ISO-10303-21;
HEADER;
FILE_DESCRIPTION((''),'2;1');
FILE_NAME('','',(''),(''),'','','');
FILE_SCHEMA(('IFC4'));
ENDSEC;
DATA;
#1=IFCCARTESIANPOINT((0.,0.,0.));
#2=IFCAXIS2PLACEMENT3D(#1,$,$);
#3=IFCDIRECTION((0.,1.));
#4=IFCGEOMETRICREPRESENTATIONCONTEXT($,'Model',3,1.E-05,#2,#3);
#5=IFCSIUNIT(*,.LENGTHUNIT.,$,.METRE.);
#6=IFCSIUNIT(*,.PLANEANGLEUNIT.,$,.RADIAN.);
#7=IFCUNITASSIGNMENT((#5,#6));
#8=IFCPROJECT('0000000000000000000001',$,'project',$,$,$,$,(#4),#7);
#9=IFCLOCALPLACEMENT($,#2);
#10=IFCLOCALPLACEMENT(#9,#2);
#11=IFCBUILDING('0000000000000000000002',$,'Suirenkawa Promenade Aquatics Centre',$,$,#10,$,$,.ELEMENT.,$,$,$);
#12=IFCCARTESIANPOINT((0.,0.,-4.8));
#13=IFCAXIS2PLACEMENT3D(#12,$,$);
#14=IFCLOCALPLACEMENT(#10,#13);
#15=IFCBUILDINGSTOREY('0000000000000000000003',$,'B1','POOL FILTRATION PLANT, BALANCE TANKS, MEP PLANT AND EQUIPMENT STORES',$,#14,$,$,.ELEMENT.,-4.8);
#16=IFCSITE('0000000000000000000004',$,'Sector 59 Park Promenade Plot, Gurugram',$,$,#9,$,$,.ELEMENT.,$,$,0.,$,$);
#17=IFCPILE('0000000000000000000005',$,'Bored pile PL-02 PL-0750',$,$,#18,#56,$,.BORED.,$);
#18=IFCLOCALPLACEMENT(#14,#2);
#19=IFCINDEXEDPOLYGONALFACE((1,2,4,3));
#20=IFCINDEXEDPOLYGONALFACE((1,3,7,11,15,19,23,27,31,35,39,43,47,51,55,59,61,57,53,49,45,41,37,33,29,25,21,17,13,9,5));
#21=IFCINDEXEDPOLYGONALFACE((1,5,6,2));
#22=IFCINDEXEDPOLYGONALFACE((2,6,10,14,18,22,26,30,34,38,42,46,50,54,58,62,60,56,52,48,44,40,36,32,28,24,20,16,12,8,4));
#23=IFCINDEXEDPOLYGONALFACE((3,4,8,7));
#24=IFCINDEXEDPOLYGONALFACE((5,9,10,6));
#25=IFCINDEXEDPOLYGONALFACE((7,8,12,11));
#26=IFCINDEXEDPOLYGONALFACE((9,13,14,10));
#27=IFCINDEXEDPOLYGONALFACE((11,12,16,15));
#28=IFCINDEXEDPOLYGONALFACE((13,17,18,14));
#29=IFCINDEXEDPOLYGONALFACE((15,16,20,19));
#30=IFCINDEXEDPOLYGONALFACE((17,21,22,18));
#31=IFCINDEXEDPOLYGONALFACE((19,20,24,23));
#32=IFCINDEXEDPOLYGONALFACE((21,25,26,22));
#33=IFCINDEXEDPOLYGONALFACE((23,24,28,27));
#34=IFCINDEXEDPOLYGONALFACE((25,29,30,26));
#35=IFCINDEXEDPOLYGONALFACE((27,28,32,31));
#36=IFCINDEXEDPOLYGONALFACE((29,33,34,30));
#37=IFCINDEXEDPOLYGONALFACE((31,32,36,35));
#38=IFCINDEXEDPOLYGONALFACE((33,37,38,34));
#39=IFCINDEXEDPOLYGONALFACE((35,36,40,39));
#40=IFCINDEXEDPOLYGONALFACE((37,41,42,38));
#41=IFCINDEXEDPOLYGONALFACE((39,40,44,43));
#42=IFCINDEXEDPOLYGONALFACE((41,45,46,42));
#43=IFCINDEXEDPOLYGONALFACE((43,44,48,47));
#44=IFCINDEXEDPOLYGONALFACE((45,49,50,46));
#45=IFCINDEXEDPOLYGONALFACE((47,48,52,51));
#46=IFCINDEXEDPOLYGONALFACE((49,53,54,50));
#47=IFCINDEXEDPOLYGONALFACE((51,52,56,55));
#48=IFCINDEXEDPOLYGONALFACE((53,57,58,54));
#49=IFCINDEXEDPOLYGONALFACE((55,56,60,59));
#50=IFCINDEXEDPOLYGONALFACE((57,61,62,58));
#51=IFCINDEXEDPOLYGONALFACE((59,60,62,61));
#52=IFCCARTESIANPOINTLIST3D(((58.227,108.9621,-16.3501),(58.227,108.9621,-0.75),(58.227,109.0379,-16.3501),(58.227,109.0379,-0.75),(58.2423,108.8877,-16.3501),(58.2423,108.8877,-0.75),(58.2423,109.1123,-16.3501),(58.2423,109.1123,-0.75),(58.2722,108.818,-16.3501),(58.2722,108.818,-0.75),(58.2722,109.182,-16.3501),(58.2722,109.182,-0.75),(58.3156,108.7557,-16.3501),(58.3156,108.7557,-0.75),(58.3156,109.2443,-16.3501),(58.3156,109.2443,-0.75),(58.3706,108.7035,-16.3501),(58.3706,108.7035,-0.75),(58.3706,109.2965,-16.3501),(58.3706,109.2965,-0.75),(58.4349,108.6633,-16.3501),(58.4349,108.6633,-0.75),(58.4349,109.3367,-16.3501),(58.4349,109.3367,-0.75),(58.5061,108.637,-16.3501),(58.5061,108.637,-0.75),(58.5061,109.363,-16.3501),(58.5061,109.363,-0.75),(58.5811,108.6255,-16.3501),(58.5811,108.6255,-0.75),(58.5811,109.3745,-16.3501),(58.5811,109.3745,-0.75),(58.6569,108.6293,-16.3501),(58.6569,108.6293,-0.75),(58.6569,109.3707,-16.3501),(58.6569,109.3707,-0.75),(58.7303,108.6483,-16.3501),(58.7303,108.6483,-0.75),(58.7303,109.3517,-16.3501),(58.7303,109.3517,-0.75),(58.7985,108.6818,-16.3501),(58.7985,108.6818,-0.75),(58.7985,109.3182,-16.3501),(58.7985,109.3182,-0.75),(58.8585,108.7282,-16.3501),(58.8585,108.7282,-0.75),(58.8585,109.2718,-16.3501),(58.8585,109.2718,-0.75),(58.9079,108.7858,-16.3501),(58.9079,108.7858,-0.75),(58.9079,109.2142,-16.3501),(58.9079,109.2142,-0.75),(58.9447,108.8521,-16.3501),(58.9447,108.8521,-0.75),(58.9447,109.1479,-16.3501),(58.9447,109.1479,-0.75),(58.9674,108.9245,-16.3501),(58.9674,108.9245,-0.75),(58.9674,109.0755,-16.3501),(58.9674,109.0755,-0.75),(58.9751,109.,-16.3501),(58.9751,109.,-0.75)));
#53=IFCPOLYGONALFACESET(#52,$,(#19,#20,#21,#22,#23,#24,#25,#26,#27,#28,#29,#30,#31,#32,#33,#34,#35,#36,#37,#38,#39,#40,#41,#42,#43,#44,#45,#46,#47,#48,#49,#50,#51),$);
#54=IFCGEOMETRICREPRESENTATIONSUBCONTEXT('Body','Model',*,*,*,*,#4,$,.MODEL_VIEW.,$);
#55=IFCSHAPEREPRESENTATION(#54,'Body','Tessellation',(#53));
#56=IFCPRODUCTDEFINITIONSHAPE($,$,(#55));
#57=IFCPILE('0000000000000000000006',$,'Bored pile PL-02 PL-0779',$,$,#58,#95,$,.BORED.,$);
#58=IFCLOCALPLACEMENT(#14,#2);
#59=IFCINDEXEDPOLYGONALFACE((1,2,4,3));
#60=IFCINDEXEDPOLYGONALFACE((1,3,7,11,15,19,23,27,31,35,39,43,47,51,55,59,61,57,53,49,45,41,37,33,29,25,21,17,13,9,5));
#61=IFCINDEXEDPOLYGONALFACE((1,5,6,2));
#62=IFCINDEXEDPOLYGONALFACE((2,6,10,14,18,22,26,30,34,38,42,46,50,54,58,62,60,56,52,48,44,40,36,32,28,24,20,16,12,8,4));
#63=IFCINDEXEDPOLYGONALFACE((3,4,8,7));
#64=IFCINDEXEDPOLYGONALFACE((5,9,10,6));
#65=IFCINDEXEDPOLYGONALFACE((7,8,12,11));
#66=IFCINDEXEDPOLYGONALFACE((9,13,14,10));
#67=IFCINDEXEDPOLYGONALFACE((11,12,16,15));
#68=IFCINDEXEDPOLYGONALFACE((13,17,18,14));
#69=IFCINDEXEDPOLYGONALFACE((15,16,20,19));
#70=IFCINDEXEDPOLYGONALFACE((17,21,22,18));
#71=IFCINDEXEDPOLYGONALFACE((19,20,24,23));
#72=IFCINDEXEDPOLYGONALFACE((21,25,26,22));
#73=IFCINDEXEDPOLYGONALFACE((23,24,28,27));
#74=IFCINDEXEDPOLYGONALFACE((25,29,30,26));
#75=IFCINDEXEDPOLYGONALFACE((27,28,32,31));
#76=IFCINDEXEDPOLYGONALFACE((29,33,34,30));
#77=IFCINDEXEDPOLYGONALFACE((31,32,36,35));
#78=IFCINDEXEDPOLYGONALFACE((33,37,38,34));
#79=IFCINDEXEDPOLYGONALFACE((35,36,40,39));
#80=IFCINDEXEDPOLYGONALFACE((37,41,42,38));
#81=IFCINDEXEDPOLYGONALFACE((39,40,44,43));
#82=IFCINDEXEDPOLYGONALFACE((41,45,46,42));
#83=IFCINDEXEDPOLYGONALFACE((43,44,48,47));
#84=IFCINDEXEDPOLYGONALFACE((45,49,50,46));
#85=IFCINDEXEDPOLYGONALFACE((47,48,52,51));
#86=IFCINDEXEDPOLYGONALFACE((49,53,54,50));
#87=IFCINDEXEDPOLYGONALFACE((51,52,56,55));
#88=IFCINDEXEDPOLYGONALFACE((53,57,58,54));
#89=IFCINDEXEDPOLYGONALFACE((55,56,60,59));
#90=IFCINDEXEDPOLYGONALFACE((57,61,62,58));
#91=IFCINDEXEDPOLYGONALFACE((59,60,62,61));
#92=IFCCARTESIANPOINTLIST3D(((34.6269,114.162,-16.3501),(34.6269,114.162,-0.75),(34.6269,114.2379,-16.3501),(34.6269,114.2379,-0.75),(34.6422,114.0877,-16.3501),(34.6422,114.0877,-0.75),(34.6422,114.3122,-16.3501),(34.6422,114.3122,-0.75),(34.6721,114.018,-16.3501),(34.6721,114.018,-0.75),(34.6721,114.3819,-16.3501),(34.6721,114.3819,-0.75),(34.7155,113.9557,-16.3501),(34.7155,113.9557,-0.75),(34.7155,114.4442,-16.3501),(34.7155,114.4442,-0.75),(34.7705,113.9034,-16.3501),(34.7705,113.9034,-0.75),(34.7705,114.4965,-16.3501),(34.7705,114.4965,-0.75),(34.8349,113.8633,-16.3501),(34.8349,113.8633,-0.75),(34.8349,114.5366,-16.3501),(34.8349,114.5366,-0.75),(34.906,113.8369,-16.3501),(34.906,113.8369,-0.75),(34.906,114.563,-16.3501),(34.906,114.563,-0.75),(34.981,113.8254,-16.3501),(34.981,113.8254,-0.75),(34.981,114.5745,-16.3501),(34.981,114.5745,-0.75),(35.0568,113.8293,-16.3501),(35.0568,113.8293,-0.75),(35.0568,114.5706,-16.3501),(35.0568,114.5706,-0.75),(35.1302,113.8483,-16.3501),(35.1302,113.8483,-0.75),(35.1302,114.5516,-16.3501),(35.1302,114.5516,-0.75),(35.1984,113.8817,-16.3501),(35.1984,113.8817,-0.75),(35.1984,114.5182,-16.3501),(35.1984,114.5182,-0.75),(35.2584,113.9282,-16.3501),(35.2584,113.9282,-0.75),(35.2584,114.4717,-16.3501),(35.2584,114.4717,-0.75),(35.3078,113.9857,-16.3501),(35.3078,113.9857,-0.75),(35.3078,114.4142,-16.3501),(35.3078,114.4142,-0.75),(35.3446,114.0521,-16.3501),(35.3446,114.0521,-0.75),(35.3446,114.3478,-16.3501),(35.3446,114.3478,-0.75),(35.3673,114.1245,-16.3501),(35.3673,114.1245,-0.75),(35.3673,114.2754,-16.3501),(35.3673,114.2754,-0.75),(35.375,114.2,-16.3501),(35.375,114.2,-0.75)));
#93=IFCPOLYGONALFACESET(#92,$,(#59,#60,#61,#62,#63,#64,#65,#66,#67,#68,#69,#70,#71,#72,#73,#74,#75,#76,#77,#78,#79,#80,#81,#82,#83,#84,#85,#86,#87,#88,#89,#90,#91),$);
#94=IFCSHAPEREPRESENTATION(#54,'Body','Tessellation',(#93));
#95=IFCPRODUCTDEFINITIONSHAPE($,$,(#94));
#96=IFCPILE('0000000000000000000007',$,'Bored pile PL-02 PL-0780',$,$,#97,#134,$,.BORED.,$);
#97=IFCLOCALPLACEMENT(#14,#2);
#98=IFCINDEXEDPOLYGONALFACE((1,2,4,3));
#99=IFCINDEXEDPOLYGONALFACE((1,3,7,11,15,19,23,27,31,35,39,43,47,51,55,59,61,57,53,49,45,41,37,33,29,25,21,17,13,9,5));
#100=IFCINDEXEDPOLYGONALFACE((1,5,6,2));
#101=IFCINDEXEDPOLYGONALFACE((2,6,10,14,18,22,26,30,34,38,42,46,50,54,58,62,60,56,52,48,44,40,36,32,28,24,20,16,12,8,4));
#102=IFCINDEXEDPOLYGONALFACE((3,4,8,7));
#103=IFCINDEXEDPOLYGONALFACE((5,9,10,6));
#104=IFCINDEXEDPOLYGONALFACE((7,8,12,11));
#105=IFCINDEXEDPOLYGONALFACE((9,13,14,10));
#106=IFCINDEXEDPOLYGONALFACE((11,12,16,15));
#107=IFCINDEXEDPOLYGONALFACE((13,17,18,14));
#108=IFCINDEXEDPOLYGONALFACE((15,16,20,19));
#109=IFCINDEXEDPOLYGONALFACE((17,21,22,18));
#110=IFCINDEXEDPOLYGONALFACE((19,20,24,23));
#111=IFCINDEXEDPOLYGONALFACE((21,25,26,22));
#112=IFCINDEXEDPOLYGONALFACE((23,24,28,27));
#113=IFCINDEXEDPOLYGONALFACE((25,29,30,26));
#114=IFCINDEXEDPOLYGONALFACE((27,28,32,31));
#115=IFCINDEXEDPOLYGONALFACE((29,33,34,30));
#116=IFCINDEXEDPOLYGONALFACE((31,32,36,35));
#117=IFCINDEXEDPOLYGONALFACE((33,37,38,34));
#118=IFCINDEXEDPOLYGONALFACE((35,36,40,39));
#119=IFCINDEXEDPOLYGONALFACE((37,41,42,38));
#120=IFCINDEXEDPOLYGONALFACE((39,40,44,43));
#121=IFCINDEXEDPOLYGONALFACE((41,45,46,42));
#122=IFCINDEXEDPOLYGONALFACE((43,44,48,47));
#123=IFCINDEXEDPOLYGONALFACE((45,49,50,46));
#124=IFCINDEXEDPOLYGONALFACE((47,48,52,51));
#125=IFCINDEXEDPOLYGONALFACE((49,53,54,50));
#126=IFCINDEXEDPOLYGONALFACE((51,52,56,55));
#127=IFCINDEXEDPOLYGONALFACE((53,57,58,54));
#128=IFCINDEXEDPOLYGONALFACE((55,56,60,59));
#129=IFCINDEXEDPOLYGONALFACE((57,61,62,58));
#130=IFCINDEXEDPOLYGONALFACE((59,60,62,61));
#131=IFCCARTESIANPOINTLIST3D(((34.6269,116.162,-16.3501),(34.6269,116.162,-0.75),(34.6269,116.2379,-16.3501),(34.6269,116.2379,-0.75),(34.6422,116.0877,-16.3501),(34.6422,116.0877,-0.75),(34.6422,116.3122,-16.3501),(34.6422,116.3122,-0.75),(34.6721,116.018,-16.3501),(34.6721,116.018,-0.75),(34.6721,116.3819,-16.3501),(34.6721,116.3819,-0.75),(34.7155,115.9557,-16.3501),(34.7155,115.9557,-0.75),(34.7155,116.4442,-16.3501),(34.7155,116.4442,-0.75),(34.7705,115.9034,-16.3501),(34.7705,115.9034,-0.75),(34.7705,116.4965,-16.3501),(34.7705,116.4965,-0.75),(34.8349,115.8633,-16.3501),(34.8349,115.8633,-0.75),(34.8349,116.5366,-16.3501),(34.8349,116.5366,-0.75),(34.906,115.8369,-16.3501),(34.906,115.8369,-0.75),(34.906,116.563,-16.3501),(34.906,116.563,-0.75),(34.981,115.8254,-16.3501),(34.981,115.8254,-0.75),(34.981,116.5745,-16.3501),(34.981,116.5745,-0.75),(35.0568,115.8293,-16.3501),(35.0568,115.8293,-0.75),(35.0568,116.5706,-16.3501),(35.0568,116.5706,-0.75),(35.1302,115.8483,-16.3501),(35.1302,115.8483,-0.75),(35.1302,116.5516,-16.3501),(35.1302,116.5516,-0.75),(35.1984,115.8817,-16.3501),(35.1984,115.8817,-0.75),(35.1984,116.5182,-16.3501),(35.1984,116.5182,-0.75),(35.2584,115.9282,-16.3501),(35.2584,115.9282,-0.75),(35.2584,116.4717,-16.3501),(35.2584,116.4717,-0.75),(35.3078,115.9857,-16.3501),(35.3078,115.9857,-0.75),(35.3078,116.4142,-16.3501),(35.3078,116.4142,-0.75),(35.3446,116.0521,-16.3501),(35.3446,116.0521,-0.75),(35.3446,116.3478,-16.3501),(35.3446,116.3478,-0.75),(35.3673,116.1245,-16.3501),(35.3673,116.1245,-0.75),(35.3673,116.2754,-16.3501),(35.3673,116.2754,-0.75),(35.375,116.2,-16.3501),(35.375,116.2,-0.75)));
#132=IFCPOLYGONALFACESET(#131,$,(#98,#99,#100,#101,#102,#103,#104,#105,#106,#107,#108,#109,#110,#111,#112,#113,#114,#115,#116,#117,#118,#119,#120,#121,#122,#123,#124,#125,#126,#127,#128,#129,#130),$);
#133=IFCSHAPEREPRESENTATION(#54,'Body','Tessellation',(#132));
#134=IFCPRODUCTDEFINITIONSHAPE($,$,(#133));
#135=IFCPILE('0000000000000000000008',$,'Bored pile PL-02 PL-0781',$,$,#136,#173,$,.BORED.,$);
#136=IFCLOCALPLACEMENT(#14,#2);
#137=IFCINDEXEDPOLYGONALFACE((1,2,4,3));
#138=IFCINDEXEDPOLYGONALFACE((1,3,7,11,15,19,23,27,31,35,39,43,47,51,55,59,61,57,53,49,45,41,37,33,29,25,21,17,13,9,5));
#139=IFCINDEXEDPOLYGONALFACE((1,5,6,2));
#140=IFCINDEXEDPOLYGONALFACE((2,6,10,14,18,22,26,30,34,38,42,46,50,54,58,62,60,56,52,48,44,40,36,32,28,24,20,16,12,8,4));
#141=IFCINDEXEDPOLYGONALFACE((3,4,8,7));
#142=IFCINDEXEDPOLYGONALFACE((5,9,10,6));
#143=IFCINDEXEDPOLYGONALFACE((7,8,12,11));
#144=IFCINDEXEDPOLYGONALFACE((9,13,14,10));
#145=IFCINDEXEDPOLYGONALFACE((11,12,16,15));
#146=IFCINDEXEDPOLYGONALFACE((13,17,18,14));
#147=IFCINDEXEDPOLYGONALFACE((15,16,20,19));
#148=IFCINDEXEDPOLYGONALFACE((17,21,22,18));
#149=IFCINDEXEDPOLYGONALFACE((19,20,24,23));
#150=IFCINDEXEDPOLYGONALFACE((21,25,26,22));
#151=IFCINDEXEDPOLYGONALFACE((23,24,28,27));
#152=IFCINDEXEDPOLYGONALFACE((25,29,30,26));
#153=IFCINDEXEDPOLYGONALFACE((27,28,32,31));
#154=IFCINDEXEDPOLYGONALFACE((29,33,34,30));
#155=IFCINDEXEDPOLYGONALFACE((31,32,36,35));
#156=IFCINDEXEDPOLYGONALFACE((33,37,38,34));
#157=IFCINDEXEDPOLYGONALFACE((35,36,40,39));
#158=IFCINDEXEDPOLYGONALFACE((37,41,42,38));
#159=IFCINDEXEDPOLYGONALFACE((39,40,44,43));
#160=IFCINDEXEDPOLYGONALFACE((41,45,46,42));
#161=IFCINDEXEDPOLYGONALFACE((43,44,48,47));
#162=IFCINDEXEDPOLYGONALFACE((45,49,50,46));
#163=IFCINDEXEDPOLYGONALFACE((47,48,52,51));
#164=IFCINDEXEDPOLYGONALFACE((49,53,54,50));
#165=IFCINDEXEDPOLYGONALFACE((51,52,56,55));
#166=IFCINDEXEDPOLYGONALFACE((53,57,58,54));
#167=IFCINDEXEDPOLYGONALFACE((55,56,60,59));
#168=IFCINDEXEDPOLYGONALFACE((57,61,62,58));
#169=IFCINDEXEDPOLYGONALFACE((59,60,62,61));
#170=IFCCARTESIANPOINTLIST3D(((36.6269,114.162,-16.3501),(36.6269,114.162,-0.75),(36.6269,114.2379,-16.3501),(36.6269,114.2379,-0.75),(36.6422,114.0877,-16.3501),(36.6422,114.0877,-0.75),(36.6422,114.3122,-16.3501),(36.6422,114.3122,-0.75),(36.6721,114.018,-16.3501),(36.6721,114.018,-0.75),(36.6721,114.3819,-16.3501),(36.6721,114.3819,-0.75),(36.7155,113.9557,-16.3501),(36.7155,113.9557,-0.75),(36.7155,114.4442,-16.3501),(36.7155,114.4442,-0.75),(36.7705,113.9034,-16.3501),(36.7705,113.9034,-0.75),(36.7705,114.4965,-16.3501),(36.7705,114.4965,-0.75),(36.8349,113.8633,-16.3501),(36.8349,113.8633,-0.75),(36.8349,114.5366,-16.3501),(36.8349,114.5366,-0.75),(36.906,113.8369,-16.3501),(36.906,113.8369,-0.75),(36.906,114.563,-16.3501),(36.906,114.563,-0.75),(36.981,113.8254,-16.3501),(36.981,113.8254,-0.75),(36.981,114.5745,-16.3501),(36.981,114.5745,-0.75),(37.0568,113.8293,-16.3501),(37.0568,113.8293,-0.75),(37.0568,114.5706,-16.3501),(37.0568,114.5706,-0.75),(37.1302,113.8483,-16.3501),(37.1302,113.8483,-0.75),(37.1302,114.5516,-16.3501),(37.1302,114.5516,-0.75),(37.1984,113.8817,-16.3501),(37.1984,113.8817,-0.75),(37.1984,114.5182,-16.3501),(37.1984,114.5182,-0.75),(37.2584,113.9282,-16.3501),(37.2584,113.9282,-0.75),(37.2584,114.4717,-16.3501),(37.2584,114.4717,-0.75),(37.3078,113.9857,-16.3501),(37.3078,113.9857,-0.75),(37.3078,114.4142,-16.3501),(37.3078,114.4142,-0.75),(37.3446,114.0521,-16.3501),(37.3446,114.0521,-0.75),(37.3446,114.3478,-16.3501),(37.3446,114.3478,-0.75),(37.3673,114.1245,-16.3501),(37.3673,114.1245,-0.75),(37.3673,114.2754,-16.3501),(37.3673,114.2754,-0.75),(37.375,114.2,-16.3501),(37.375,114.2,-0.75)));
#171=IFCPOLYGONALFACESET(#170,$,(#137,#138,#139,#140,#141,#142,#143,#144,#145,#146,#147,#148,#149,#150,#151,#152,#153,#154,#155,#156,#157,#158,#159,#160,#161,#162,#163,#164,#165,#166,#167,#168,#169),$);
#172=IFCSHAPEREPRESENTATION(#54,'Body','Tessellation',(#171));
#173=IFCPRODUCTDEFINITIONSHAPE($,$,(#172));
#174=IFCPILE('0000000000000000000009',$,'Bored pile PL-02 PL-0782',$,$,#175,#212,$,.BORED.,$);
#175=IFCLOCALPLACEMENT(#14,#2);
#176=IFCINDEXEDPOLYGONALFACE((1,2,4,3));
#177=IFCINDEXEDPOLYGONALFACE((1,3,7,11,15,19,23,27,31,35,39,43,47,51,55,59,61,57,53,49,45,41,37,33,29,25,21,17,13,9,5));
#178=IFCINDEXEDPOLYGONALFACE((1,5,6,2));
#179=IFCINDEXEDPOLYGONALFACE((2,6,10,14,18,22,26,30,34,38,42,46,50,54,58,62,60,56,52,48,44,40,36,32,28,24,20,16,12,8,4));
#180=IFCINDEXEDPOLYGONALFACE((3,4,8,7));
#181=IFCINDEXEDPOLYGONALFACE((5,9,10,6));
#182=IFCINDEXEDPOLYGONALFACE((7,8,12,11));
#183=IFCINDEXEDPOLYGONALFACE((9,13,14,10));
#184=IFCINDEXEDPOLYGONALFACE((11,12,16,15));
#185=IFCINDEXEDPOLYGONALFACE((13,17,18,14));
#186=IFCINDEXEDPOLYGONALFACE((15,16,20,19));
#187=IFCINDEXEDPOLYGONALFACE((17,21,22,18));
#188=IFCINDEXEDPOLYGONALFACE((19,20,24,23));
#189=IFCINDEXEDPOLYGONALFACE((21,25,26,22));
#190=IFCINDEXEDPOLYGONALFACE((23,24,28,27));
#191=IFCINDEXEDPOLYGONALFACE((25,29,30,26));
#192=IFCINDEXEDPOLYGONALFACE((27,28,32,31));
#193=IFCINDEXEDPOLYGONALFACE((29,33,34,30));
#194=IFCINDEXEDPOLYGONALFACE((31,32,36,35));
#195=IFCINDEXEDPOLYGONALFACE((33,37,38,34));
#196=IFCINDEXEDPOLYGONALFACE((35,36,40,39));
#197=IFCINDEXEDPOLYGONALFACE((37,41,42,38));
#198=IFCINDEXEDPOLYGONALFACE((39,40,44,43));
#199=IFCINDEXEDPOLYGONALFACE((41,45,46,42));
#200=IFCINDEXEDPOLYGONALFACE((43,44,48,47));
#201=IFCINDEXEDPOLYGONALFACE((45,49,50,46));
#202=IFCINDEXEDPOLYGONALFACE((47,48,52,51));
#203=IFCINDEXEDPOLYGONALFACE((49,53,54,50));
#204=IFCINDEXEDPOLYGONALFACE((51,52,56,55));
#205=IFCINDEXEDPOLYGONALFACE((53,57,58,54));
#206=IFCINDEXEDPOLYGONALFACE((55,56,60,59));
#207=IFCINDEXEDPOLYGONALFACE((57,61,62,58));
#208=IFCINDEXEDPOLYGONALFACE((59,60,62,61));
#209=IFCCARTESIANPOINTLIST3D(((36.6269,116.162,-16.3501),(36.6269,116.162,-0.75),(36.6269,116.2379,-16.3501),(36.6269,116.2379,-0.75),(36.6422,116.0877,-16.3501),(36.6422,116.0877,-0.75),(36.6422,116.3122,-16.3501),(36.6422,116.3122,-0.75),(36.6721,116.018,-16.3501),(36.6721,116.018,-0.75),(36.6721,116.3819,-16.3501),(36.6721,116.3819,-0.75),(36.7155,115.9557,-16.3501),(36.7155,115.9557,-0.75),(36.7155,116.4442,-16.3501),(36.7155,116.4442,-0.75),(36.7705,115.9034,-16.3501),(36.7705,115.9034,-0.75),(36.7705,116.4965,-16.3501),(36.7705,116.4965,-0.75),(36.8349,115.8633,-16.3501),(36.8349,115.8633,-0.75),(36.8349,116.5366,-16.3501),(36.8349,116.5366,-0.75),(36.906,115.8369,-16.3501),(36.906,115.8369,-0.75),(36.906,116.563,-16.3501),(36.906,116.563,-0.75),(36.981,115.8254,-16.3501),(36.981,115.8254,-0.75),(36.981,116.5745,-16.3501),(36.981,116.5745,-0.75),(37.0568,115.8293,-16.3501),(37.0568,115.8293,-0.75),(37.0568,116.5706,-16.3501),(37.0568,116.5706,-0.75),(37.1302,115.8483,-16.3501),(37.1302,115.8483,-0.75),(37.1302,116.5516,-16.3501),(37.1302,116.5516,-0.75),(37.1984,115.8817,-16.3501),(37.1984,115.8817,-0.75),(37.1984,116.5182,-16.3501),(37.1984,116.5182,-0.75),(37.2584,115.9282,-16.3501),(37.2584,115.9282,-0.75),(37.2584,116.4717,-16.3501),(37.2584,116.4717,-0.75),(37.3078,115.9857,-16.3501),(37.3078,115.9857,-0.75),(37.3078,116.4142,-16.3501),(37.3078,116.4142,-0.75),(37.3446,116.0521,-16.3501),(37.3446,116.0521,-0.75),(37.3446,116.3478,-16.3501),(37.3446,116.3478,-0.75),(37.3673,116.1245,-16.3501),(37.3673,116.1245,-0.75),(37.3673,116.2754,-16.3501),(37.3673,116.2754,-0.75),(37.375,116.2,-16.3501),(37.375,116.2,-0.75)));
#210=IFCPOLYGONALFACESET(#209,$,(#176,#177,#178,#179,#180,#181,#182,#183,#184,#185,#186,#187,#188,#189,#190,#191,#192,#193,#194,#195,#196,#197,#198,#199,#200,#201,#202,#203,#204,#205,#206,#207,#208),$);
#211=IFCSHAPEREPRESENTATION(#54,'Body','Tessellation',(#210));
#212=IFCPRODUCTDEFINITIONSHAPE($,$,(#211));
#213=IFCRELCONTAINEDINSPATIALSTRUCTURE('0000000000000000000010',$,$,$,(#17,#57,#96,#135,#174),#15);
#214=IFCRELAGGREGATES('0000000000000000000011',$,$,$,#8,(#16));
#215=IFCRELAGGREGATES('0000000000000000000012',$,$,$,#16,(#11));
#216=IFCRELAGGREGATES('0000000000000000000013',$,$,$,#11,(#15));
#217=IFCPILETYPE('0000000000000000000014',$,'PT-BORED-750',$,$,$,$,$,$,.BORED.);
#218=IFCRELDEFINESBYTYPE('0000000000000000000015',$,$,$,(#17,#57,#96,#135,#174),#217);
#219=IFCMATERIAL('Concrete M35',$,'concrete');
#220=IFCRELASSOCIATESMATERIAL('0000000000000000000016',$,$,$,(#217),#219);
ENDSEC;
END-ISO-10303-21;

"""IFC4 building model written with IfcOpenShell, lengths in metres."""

from ifc_helpers import new_model, si_unit, direction, frame, origin, origin_2d, place, context, subcontext, project, spatial, circle, extrude, material, material_profile, profile_set, type_object, element, save


model = new_model("IFC4")

# Units and contexts
model_context = context("Model", 3, precision=1e-05, world=origin(), true_north=direction((0.0, 1.0)))
body_context = subcontext(model_context, "Body", "Model", "MODEL_VIEW")
ifc_project = project(units=[si_unit("LENGTHUNIT", "METRE"), si_unit("PLANEANGLEUNIT", "RADIAN")], contexts=[model_context])

# Site, building, storey
site_placement = place(None, origin())
site = spatial("IfcSite", under=ifc_project, at=site_placement, Name="Sector 59 Park Promenade Plot, Gurugram", CompositionType="ELEMENT", RefElevation=0.0)
building_placement = place(site_placement, origin())
building = spatial("IfcBuilding", under=site, at=building_placement, Name="Suirenkawa Promenade Aquatics Centre", CompositionType="ELEMENT")
storey_placement = place(building_placement, frame((0.0, 0.0, -4.8)))
storey = spatial("IfcBuildingStorey", under=building, at=storey_placement, Name="B1", Description="POOL FILTRATION PLANT, BALANCE TANKS, MEP PLANT AND EQUIPMENT STORES", CompositionType="ELEMENT", Elevation=-4.8)

# Shared definitions
ifc_material_1 = material(Name="Concrete M35", Category="concrete")

# Piles
ifc_material_profile_1 = material_profile(ifc_material_1, circle(Radius=0.375, at=origin_2d()), Name="PILE D750", Category="concrete")
ifc_profile_set_1 = profile_set([ifc_material_profile_1], Name="Concrete M35")
pile_type_1 = type_object("IfcPileType", Name="PT-BORED-750", PredefinedType="BORED", material=ifc_profile_set_1)
for number, where, z_axis, x_axis, name in (
    (1, (58.6001, 109.0, -0.75), (0.0, 0.0, -1.0), (1.0, 0.0, 0.0), "Bored pile PL-02 PL-0750"),
    (2, (35.0, 114.2, -0.75), (0.0, 0.0, -1.0), (1.0, 0.0, 0.0), "Bored pile PL-02 PL-0779"),
    (3, (35.0, 116.2, -0.75), (0.0, 0.0, -1.0), (1.0, 0.0, 0.0), "Bored pile PL-02 PL-0780"),
    (4, (37.0, 114.2, -0.75), (0.0, 0.0, -1.0), (1.0, 0.0, 0.0), "Bored pile PL-02 PL-0781"),
    (5, (37.0, 116.2, -0.75), (0.0, 0.0, -1.0), (1.0, 0.0, 0.0), "Bored pile PL-02 PL-0782"),
):
    element("IfcPile", number, at=place(storey_placement, frame(where, z_axis=z_axis, x_axis=x_axis)), inside=storey, type_object=pile_type_1, Name=name, PredefinedType="BORED", context=body_context, shape_type="SweptSolid", body=[
        extrude(circle(Radius=0.375, at=origin_2d()), origin(), (0.0, 0.0, 1.0), 15.6001),
    ])

save(model, "model.ifc")
